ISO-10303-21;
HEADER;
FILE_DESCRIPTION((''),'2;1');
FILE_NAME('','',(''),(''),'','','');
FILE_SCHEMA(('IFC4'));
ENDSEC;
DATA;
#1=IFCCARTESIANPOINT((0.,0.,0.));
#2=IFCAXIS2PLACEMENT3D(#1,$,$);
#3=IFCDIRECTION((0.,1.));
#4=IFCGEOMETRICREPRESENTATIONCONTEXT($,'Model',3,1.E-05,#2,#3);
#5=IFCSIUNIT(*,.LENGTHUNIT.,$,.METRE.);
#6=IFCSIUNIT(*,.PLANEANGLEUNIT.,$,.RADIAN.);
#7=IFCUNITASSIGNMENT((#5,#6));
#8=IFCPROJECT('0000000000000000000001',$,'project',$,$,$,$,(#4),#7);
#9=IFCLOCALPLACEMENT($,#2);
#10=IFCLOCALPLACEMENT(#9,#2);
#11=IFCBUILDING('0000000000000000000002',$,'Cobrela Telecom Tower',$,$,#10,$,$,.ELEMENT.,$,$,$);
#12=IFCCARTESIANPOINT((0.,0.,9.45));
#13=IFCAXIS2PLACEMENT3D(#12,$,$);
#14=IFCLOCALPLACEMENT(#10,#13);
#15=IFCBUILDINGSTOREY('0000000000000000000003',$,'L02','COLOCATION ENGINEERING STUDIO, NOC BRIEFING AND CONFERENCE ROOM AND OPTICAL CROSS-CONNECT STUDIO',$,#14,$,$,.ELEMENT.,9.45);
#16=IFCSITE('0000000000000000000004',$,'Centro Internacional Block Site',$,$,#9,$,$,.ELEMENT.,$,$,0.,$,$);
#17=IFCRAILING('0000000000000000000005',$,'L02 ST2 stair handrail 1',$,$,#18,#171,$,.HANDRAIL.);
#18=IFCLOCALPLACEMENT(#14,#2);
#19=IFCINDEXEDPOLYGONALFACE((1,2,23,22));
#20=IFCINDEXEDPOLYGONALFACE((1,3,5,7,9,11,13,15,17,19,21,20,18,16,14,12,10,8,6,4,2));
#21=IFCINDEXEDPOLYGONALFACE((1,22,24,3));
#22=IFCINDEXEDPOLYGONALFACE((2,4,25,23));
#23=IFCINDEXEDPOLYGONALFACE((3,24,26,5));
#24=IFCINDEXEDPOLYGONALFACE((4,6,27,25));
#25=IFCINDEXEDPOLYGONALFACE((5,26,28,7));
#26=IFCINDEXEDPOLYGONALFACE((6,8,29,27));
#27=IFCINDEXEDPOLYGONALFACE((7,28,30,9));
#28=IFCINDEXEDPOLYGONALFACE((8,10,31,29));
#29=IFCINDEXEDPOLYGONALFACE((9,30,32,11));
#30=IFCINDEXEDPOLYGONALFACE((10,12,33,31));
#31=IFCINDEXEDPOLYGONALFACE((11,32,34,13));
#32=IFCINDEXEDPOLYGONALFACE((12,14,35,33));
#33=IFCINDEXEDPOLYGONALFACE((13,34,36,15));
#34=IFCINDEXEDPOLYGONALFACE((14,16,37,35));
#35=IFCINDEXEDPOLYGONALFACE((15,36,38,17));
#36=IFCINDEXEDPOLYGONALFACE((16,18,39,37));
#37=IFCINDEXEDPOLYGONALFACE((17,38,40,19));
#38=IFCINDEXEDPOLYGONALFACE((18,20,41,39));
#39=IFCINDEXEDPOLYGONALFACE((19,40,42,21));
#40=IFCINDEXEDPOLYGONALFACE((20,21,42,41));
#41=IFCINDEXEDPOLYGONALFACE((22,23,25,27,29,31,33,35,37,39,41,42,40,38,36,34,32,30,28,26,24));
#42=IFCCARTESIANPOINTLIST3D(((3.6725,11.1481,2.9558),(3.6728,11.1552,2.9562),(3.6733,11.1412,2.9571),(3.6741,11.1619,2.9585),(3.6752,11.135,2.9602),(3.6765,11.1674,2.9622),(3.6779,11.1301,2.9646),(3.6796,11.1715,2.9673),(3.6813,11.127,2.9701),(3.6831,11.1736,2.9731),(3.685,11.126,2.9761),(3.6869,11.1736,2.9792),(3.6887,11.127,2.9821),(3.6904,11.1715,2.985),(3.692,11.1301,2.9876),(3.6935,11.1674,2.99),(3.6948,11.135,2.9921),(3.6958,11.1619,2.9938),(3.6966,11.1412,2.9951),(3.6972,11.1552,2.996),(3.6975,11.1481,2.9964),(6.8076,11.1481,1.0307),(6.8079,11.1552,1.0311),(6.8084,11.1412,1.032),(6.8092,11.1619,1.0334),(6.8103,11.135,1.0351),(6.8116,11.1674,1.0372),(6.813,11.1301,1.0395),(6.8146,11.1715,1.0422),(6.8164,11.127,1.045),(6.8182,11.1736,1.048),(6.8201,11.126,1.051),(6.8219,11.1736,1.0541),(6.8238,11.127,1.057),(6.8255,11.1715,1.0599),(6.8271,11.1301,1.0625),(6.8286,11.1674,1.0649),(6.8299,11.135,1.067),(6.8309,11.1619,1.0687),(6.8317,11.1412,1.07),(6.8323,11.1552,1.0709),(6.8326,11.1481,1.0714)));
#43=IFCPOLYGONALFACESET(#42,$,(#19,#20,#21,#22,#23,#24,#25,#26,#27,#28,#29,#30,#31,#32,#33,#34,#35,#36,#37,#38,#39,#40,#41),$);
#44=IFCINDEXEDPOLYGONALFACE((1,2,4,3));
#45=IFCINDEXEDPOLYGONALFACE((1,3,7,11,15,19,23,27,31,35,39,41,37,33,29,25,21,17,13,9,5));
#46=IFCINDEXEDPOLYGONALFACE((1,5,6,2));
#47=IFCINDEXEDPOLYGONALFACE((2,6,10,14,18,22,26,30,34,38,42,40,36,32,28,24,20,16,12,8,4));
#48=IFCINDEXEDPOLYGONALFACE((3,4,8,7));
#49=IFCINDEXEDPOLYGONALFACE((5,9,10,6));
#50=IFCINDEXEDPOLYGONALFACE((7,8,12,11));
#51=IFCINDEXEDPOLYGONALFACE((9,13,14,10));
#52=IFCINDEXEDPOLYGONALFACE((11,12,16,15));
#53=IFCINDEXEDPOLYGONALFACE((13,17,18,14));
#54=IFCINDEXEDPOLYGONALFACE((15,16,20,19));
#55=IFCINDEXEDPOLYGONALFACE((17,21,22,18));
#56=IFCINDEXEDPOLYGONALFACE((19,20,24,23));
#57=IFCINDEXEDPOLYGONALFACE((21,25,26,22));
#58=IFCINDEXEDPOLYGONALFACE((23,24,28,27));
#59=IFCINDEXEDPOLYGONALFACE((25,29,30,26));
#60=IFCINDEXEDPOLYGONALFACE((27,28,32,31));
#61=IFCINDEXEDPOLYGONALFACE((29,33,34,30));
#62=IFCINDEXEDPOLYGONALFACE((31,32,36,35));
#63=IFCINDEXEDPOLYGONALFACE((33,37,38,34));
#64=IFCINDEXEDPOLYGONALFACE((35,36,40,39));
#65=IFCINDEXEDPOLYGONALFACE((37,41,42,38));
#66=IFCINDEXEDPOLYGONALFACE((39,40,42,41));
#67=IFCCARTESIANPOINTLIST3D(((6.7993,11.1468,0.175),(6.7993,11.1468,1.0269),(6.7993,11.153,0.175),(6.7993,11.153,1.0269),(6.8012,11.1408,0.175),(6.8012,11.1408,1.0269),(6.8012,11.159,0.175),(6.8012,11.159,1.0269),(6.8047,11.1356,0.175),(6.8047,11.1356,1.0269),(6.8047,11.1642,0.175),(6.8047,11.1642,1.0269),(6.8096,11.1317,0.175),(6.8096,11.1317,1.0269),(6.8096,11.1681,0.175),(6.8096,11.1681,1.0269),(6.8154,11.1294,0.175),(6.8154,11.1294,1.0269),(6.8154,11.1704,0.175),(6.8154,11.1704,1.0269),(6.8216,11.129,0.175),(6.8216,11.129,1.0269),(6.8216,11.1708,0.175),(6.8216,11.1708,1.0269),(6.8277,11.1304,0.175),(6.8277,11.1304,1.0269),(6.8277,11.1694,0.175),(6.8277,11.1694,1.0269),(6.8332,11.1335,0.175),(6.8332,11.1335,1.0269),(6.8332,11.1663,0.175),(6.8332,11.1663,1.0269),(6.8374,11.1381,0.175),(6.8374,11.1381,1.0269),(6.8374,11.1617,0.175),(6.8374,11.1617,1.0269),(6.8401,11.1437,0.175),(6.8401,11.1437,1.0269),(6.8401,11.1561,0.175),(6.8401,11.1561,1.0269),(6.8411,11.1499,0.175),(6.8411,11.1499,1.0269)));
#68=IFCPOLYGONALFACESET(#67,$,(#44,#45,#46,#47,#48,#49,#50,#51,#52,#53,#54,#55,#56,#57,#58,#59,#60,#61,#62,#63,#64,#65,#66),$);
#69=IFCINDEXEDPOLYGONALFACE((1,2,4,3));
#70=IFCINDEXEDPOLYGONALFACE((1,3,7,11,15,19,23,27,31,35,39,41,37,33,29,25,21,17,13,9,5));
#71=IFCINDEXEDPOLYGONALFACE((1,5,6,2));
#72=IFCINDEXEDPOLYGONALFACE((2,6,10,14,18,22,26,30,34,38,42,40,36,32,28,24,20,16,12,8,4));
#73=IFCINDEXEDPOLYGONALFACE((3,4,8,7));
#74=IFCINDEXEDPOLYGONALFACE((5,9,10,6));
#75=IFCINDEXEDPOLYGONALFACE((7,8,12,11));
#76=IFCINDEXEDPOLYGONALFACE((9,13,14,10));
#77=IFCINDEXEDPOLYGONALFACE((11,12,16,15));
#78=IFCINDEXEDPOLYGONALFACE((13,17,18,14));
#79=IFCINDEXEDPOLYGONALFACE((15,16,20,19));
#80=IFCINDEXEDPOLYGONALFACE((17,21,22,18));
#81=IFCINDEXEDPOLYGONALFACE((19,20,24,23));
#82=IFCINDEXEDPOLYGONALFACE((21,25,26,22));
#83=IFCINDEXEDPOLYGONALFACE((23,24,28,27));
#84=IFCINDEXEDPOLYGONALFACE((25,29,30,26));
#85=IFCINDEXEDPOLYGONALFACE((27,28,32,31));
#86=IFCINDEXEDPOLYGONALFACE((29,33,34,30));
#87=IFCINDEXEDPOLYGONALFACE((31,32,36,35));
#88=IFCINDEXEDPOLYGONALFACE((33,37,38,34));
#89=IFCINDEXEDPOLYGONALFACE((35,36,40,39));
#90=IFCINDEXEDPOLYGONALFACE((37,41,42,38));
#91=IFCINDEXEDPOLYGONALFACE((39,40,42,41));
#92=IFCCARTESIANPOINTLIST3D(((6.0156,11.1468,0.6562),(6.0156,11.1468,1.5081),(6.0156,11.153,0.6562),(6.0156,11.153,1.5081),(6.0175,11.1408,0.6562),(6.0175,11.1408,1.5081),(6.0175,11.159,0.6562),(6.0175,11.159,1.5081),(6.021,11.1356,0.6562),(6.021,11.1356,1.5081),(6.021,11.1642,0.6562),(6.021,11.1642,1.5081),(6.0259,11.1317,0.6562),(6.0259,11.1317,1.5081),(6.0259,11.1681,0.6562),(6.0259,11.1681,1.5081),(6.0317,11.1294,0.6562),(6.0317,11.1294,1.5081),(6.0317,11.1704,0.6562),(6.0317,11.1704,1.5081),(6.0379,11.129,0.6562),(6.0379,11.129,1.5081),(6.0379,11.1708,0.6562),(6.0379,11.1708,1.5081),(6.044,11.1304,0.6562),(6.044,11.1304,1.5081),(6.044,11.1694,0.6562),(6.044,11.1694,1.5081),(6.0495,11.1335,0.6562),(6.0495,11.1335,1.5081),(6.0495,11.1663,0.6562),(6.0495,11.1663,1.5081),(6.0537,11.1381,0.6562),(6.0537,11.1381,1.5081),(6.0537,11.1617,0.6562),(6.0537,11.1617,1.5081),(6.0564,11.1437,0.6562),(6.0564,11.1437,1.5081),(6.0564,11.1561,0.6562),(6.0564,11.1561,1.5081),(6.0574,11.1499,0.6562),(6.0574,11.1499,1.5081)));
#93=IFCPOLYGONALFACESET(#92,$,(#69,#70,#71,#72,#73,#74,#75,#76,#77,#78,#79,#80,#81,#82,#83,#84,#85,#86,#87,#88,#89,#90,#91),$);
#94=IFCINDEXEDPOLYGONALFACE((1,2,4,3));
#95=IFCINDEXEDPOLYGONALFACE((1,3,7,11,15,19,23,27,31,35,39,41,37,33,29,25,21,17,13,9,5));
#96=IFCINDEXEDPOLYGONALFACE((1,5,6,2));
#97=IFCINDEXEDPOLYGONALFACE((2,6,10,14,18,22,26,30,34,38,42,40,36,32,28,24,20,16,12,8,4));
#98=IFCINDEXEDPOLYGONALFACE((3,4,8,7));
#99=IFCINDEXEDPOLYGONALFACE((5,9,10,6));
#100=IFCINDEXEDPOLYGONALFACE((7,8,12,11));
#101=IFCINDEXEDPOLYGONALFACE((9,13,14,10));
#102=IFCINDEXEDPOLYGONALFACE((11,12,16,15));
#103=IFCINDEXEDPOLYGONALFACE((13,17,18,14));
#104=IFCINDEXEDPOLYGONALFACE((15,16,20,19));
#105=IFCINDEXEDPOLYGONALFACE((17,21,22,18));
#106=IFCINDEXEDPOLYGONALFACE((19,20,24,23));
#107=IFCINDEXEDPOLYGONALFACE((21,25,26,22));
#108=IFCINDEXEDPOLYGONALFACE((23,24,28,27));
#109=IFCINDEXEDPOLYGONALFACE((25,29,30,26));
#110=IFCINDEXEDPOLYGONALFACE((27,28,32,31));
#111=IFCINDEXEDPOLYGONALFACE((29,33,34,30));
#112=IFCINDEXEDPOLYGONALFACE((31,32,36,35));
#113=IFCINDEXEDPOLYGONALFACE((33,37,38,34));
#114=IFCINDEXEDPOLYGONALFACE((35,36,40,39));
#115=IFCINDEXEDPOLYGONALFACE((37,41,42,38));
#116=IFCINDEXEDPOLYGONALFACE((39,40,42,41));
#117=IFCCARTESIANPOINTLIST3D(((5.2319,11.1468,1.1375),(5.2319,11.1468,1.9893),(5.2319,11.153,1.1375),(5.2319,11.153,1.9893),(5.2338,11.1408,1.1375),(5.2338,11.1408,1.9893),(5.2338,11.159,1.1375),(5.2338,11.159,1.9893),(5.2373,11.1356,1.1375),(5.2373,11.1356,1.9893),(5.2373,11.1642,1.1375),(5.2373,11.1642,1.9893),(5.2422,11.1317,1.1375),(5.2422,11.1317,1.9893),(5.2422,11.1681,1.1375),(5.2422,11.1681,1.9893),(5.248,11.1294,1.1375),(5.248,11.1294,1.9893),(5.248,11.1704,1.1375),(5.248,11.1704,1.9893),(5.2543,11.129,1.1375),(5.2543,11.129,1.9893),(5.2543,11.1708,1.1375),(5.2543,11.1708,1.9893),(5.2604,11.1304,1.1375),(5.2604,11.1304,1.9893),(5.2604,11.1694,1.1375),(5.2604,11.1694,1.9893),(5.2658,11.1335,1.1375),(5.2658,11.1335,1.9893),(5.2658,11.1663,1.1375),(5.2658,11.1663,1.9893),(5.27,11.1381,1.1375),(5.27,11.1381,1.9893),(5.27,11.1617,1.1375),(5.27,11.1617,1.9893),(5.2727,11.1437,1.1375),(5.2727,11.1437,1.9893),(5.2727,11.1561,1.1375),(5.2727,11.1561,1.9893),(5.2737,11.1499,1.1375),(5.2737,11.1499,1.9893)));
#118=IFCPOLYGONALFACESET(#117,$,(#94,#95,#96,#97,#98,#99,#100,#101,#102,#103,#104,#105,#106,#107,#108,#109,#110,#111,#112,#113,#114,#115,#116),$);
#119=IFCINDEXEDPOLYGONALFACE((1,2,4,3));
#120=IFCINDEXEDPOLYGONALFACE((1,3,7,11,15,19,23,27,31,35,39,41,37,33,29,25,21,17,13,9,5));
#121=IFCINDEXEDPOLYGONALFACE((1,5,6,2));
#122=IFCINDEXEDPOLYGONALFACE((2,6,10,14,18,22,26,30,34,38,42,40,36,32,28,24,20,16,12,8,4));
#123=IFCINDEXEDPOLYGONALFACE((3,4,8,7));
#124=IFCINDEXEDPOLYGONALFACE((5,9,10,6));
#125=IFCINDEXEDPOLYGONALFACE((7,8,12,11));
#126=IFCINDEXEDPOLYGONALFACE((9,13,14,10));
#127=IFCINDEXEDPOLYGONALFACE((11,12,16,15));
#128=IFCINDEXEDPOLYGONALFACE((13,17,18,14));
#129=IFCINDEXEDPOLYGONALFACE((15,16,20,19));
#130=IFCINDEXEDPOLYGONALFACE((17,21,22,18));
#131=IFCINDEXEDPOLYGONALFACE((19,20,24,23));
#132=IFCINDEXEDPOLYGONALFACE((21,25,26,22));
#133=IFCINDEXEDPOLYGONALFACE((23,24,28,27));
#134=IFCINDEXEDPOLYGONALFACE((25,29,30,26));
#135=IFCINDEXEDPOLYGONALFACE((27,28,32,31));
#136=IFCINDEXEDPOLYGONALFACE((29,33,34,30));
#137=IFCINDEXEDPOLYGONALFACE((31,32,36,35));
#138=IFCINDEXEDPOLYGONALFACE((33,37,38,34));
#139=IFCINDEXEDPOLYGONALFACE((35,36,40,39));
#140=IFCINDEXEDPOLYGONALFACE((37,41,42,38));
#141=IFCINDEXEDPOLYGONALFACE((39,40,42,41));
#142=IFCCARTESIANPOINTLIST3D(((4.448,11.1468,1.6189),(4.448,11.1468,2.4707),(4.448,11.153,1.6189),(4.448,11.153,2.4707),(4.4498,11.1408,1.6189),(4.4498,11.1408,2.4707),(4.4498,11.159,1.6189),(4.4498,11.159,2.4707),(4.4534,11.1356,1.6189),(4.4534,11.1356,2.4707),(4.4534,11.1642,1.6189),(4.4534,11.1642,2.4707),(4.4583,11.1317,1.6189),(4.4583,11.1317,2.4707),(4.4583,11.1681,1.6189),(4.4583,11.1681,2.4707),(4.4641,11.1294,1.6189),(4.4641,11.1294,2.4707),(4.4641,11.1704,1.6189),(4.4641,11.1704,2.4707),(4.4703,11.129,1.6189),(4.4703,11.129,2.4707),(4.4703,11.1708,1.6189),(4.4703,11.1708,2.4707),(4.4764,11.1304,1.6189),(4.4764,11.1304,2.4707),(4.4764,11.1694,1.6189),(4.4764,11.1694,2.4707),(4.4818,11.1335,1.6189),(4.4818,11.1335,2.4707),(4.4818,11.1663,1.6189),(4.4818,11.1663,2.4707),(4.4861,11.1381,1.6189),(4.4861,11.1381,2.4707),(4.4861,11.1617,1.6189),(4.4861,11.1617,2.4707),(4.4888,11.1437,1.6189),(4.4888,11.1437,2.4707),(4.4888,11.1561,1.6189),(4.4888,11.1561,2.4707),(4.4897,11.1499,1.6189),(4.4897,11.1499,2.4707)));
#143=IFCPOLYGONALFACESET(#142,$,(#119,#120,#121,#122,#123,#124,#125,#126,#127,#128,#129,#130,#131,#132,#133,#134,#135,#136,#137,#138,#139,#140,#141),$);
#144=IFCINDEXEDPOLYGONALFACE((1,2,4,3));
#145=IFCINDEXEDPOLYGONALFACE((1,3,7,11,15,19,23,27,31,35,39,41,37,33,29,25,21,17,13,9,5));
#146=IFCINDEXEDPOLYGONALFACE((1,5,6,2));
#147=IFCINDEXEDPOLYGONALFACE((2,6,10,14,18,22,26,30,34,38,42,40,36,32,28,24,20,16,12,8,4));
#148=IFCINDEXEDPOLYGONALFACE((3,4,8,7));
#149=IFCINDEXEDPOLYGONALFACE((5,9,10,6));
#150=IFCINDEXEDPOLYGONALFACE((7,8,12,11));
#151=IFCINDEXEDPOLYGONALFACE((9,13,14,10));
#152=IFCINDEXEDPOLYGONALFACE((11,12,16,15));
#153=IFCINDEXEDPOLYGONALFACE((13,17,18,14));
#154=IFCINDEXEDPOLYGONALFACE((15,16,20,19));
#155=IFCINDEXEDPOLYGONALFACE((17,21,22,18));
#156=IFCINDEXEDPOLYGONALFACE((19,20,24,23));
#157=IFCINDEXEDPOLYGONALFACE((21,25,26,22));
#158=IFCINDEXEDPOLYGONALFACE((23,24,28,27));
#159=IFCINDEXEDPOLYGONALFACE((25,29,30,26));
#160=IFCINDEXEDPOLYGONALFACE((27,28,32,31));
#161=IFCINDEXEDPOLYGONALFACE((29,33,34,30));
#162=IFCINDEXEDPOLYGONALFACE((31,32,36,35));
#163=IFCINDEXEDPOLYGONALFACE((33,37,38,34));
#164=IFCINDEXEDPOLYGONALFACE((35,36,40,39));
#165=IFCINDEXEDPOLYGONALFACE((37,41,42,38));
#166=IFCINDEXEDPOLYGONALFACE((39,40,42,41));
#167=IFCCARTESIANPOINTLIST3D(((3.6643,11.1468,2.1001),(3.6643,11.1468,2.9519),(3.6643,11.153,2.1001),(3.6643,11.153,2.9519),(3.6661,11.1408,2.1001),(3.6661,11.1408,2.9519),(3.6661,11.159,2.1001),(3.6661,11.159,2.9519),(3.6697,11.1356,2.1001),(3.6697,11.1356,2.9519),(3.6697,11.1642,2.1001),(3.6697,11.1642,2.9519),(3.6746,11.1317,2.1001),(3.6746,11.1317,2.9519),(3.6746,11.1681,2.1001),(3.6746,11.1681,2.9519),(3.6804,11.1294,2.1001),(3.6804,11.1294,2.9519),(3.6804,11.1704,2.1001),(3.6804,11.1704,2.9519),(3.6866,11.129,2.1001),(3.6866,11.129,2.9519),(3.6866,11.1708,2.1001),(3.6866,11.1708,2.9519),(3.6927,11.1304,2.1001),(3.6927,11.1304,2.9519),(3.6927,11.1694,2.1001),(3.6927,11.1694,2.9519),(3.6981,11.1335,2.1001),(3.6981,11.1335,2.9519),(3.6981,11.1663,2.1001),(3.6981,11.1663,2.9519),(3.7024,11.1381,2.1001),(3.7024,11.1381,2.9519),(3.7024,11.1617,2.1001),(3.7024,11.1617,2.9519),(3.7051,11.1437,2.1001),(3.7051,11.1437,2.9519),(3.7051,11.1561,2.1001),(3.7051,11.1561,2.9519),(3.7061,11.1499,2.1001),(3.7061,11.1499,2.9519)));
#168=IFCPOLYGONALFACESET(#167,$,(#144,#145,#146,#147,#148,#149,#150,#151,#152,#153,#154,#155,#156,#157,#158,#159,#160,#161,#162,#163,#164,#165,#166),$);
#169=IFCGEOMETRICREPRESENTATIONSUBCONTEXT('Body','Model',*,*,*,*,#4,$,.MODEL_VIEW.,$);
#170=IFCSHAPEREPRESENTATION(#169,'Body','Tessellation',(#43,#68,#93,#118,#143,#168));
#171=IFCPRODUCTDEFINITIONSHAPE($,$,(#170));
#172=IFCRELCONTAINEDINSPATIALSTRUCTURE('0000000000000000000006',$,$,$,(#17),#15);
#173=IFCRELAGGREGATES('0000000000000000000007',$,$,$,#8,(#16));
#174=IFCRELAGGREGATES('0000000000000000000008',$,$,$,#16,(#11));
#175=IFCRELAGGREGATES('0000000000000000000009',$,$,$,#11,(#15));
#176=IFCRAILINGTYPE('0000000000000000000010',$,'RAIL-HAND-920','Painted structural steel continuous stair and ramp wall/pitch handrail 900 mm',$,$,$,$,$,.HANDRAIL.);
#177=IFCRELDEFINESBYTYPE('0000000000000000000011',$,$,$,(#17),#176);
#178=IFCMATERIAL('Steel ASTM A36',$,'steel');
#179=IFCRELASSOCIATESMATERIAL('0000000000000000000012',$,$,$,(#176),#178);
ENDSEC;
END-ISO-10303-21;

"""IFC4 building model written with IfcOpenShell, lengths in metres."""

from ifc_helpers import new_model, si_unit, direction, frame, origin, origin_2d, place, context, subcontext, project, spatial, circle, extrude, material, type_object, element, save


model = new_model("IFC4")

# Units and contexts
model_context = context("Model", 3, precision=1e-05, world=origin(), true_north=direction((0.0, 1.0)))
body_context = subcontext(model_context, "Body", "Model", "MODEL_VIEW")
ifc_project = project(units=[si_unit("LENGTHUNIT", "METRE"), si_unit("PLANEANGLEUNIT", "RADIAN")], contexts=[model_context])

# Site, building, storey
site_placement = place(None, origin())
site = spatial("IfcSite", under=ifc_project, at=site_placement, Name="Centro Internacional Block Site", CompositionType="ELEMENT", RefElevation=0.0)
building_placement = place(site_placement, origin())
building = spatial("IfcBuilding", under=site, at=building_placement, Name="Cobrela Telecom Tower", CompositionType="ELEMENT")
storey_placement = place(building_placement, frame((0.0, 0.0, 9.45)))
storey = spatial("IfcBuildingStorey", under=building, at=storey_placement, Name="L02", Description="COLOCATION ENGINEERING STUDIO, NOC BRIEFING AND CONFERENCE ROOM AND OPTICAL CROSS-CONNECT STUDIO", CompositionType="ELEMENT", Elevation=9.45)

# Railing
ifc_material_1 = material(Name="Steel ASTM A36", Category="steel")
railing_type_1 = type_object("IfcRailingType", Name="RAIL-HAND-920", Description="Painted structural steel continuous stair and ramp wall/pitch handrail 900 mm", PredefinedType="HANDRAIL", material=ifc_material_1)
railing_1_placement = place(storey_placement, frame((6.8201, 11.1499, 0.175)))
element("IfcRailing", 1, at=railing_1_placement, inside=storey, type_object=railing_type_1, Name="L02 ST2 stair handrail 1", PredefinedType="HANDRAIL", context=body_context, shape_type="SweptSolid", body=[
    extrude(circle(Radius=0.0239, at=origin_2d()), frame((0.0, 0.0, 0.876), z_axis=(-0.852166, 0.0, 0.523271), x_axis=(0.0, -1.0, 0.0)), (0.0, 0.0, 1.0), 3.679),
    extrude(circle(Radius=0.021, at=origin_2d()), origin(), (0.0, 0.0, 1.0), 0.8518),
    extrude(circle(Radius=0.021, at=origin_2d()), frame((-0.7837, 0.0, 0.4812)), (0.0, 0.0, 1.0), 0.8518),
    extrude(circle(Radius=0.021, at=origin_2d()), frame((-1.5674, 0.0, 0.9624)), (0.0, 0.0, 1.0), 0.8518),
    extrude(circle(Radius=0.021, at=origin_2d()), frame((-2.3513, 0.0, 1.4438)), (0.0, 0.0, 1.0), 0.8518),
    extrude(circle(Radius=0.021, at=origin_2d()), frame((-3.135, 0.0, 1.925)), (0.0, 0.0, 1.0), 0.8518),
])

save(model, "model.ifc")
